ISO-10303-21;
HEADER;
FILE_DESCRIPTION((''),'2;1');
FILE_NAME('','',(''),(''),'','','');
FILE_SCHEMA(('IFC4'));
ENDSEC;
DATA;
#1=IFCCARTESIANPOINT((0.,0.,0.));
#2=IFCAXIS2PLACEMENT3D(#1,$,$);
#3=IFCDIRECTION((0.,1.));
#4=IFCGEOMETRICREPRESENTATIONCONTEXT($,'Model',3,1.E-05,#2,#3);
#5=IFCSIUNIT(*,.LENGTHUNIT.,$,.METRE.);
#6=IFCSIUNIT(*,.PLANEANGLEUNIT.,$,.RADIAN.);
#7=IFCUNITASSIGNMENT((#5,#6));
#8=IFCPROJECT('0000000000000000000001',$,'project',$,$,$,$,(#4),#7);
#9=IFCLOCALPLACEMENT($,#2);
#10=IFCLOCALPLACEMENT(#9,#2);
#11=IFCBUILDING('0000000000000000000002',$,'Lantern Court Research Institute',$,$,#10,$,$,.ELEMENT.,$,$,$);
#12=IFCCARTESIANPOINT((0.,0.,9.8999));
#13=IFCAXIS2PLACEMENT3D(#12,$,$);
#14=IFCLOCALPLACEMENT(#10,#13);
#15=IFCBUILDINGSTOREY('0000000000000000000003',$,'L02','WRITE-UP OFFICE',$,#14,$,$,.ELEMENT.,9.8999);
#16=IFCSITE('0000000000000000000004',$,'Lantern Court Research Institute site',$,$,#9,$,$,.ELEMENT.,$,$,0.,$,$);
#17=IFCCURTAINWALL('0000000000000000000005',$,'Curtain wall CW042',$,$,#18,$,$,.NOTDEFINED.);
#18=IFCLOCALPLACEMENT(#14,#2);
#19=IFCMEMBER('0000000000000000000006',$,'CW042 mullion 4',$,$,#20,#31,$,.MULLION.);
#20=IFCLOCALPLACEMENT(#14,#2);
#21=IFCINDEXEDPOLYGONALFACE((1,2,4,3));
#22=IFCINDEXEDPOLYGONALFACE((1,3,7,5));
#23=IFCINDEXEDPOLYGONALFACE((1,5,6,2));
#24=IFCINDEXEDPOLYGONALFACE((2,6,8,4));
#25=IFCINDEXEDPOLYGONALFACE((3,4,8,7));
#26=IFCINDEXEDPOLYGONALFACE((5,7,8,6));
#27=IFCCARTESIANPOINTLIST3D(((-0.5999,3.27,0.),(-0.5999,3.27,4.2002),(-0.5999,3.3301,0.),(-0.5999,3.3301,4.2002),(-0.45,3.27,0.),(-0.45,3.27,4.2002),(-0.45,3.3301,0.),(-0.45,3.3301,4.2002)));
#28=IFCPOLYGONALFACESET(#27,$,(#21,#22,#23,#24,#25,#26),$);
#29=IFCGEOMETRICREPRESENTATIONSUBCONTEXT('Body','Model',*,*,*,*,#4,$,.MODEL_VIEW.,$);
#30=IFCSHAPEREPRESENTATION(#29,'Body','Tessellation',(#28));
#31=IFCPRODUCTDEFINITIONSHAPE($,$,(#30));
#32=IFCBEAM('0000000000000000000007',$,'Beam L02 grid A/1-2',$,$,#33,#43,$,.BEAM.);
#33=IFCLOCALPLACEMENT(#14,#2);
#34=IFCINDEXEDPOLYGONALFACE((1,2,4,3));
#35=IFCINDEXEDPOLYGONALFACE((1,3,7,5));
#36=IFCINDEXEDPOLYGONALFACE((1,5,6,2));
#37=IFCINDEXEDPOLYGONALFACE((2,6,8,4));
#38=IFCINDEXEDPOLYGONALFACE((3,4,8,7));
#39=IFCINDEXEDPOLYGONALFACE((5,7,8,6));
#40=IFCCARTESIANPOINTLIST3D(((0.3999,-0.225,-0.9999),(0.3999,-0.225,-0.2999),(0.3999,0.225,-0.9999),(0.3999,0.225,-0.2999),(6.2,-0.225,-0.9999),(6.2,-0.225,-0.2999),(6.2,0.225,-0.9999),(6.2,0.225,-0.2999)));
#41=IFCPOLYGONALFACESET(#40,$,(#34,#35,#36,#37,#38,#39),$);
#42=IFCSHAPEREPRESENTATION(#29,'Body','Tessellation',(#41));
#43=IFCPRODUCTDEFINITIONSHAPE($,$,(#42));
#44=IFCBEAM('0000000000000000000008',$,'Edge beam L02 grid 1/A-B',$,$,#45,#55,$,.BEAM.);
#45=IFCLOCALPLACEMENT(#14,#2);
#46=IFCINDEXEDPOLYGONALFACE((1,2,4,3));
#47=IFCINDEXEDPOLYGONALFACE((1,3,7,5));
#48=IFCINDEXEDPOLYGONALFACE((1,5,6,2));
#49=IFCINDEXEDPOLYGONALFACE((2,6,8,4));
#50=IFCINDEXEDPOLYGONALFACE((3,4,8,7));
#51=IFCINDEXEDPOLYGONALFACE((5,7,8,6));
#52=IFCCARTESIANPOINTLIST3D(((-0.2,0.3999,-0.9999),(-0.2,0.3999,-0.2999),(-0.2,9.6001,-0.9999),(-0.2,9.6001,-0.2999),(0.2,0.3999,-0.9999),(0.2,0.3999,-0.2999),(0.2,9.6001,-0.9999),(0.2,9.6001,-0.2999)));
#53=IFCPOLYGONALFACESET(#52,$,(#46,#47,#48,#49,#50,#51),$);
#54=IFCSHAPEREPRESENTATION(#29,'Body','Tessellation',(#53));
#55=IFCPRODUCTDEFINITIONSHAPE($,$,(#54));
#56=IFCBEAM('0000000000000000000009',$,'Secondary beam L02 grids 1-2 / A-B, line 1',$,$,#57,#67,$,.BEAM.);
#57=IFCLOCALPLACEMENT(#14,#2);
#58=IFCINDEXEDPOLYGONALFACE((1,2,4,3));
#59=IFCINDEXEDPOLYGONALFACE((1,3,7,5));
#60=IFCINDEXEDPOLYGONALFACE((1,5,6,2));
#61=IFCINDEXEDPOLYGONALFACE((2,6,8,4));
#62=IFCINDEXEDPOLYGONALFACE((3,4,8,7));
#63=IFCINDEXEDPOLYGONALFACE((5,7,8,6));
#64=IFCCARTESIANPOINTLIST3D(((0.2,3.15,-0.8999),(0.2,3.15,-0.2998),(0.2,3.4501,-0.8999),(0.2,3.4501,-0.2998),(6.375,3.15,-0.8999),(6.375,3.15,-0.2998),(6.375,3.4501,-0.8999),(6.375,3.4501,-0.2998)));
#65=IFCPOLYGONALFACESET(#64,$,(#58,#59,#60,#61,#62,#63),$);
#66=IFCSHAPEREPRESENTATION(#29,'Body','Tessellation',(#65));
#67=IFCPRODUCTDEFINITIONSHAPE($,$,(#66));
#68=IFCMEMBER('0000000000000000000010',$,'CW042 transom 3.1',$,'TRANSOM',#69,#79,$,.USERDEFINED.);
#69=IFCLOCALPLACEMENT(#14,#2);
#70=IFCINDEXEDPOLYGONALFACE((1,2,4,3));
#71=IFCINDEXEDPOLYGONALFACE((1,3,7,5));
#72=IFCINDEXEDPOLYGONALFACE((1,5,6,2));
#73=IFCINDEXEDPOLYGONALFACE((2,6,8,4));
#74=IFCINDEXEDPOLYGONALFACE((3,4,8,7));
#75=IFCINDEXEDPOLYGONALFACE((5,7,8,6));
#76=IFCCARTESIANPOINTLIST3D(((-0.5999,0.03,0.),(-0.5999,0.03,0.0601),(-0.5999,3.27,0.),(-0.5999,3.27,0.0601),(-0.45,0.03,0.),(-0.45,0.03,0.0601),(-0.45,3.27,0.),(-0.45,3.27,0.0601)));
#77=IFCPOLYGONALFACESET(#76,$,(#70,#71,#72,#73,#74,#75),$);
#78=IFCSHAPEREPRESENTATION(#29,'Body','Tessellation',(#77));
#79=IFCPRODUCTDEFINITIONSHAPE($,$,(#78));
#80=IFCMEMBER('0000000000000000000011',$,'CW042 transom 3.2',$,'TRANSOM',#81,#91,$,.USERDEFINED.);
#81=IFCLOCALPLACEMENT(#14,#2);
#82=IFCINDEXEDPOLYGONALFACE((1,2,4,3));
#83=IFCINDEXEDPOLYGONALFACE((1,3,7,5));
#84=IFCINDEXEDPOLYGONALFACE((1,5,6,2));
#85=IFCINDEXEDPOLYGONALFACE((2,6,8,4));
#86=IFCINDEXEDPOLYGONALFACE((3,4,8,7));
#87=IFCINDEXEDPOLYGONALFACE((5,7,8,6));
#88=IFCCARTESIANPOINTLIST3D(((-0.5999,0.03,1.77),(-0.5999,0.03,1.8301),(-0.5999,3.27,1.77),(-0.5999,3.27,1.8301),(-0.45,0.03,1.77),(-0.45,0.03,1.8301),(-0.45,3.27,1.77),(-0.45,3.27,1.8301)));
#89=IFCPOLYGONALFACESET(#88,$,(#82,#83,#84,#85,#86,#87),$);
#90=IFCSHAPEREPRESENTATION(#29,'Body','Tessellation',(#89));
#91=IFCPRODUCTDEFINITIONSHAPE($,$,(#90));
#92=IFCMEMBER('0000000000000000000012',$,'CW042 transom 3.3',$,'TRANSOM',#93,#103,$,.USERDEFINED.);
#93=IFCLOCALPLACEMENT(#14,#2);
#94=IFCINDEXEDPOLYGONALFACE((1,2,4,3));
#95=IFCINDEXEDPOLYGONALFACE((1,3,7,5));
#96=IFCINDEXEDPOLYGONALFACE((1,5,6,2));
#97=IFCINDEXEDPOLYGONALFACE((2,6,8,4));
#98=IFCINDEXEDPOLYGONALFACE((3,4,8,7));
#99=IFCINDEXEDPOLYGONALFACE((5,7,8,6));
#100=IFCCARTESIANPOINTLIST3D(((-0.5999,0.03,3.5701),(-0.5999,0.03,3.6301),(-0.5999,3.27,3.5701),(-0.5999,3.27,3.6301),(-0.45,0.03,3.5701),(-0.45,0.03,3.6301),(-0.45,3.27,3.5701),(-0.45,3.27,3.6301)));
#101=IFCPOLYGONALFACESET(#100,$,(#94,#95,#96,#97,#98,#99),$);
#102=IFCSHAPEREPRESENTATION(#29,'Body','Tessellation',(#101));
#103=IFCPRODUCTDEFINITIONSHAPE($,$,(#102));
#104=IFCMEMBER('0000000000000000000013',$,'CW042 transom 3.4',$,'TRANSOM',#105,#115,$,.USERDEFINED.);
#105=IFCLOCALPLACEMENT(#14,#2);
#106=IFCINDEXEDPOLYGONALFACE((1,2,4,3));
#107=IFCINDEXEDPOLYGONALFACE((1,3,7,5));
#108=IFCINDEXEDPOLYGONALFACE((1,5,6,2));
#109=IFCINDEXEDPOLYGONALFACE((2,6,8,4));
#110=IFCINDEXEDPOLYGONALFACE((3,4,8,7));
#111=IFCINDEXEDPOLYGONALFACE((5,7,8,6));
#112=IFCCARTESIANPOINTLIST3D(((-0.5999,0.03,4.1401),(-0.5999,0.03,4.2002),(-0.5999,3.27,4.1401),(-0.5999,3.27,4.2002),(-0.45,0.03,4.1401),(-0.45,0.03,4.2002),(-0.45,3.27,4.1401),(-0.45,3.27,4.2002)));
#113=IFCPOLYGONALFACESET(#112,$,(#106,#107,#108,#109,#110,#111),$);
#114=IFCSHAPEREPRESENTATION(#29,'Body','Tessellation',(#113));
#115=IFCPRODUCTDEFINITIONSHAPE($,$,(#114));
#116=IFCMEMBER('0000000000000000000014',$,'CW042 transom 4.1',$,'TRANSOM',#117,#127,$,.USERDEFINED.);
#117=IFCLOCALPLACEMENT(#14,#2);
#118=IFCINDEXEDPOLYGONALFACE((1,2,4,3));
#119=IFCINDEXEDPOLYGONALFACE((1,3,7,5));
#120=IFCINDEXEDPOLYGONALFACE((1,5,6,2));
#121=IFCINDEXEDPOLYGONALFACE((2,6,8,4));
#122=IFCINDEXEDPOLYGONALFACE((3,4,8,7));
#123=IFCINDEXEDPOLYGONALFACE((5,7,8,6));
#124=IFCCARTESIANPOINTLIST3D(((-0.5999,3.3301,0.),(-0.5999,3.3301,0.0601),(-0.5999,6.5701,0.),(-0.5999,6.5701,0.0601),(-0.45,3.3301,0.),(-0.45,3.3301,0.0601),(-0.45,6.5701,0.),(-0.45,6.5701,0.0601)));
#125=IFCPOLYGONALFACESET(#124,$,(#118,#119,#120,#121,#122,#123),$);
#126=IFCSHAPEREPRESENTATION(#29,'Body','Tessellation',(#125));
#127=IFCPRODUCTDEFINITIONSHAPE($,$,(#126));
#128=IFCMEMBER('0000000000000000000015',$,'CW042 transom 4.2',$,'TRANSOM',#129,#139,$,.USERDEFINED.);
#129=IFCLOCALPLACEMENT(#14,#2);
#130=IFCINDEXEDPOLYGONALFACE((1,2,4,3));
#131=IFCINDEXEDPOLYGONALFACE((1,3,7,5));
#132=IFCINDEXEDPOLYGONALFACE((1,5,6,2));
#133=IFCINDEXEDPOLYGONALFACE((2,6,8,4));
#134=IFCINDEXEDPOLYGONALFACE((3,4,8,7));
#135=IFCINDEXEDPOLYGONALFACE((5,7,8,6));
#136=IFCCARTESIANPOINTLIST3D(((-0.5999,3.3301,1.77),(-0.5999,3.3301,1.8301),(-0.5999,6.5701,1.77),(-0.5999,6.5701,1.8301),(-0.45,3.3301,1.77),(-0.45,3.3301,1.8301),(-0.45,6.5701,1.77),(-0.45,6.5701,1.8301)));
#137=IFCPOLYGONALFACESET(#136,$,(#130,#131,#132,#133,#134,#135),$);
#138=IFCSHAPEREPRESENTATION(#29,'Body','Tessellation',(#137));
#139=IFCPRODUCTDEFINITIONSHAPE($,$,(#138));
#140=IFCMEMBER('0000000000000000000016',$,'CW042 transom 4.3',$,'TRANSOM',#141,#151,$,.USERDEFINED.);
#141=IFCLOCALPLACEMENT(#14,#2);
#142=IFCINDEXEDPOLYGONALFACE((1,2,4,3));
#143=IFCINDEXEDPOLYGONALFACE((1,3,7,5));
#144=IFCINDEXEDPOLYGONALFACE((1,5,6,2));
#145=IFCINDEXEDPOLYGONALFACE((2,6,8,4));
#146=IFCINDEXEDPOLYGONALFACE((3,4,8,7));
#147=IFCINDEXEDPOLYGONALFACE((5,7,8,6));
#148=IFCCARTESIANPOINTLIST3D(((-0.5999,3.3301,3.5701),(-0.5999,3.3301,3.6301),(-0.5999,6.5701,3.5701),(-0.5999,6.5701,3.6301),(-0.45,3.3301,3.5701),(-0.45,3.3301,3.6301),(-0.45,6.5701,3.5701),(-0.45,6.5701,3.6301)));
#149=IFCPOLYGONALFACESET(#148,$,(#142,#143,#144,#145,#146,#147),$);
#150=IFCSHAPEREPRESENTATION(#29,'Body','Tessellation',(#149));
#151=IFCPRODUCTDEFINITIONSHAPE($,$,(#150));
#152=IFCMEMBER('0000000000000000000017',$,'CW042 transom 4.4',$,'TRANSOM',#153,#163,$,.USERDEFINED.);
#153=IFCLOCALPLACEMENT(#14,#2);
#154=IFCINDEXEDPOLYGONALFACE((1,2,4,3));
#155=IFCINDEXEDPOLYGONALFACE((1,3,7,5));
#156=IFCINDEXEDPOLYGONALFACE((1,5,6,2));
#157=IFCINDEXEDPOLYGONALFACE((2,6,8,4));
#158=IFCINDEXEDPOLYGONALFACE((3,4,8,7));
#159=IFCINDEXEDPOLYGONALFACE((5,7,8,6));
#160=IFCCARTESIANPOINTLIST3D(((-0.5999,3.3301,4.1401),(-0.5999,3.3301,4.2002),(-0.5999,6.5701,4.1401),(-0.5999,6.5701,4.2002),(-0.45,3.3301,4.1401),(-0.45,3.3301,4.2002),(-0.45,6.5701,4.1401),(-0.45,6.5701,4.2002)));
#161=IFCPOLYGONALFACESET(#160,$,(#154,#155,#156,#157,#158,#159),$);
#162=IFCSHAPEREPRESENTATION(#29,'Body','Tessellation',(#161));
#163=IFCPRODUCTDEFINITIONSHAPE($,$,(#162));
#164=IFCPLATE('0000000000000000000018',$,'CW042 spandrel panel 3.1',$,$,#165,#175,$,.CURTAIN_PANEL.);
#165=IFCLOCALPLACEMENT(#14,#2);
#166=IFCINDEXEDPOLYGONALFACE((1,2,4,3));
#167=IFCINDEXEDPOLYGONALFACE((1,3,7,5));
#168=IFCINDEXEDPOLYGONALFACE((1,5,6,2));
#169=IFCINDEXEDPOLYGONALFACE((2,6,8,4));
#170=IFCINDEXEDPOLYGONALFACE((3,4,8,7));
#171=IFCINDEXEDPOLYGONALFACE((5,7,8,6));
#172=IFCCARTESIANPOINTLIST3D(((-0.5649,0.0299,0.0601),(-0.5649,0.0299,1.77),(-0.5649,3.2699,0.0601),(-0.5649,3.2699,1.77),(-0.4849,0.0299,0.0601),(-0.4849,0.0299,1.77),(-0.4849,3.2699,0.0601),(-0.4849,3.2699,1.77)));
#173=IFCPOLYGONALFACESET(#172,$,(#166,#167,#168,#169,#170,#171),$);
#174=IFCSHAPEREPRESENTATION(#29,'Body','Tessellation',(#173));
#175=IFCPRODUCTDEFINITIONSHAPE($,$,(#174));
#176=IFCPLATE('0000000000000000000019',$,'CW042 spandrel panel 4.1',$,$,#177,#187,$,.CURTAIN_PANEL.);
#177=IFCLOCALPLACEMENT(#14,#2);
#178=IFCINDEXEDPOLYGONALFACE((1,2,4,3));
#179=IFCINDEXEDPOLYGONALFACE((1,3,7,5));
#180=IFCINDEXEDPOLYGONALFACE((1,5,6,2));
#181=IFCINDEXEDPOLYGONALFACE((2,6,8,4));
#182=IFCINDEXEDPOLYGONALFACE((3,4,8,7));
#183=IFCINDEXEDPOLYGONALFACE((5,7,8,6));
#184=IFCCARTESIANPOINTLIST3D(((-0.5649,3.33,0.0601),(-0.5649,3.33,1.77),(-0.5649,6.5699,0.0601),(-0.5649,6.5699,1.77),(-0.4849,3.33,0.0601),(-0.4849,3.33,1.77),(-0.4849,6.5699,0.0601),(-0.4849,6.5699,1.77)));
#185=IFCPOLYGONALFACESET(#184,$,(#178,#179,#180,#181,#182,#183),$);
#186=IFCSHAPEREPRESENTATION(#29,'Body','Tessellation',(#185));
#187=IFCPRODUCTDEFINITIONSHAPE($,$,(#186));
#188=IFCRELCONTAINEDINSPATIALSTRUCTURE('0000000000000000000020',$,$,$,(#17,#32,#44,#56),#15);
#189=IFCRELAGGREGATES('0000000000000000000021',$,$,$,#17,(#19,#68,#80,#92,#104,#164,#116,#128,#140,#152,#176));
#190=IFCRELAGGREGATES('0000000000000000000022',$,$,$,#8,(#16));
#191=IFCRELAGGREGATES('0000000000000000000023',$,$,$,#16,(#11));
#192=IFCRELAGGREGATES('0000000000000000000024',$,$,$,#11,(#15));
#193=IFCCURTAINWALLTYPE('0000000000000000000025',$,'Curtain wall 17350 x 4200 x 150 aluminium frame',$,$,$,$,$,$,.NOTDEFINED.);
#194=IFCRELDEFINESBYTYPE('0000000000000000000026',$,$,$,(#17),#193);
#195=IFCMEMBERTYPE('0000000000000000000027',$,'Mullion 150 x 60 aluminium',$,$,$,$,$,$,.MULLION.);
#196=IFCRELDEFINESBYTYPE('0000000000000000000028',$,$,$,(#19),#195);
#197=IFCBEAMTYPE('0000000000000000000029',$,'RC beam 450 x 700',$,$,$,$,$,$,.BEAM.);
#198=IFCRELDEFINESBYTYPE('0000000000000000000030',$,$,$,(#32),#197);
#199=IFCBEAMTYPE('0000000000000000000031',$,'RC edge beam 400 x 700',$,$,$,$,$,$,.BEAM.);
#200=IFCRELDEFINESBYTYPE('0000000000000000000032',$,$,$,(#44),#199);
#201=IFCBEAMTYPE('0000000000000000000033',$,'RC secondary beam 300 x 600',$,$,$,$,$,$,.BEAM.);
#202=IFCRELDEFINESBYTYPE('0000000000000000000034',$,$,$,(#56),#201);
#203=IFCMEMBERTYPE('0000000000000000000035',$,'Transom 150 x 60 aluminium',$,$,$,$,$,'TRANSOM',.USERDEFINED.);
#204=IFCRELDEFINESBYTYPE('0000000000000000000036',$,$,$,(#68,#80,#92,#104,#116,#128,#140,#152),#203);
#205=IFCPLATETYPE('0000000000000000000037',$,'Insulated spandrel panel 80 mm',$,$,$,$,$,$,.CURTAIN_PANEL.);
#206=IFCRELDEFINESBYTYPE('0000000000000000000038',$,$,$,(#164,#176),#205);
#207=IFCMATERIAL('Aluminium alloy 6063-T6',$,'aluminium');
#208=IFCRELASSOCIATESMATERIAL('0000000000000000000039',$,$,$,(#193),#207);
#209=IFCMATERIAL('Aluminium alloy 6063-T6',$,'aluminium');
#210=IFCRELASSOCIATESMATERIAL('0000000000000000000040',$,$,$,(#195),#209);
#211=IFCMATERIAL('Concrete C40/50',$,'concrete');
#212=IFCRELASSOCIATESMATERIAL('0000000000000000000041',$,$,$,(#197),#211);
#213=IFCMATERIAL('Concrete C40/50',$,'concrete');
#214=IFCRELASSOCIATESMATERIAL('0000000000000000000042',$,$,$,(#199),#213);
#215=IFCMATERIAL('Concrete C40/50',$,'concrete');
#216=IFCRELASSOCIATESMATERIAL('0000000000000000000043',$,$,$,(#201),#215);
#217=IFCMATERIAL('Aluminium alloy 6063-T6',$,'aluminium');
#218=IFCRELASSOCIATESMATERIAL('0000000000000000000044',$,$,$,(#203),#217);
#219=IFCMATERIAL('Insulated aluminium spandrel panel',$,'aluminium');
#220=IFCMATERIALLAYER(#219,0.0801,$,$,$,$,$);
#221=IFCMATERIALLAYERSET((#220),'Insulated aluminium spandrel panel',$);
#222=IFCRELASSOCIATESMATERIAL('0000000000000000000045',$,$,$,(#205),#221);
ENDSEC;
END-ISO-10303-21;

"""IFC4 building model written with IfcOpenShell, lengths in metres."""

from ifc_helpers import new_model, si_unit, direction, frame, origin, origin_2d, place, context, subcontext, project, spatial, rectangle, extrude, material, layer, layer_set, material_profile, profile_set, type_object, element, aggregate, save


model = new_model("IFC4")

# Units and contexts
model_context = context("Model", 3, precision=1e-05, world=origin(), true_north=direction((0.0, 1.0)))
body_context = subcontext(model_context, "Body", "Model", "MODEL_VIEW")
ifc_project = project(units=[si_unit("LENGTHUNIT", "METRE"), si_unit("PLANEANGLEUNIT", "RADIAN")], contexts=[model_context])

# Site, building, storey
site_placement = place(None, origin())
site = spatial("IfcSite", under=ifc_project, at=site_placement, Name="Lantern Court Research Institute site", CompositionType="ELEMENT", RefElevation=0.0)
building_placement = place(site_placement, origin())
building = spatial("IfcBuilding", under=site, at=building_placement, Name="Lantern Court Research Institute", CompositionType="ELEMENT")
storey_placement = place(building_placement, frame((0.0, 0.0, 9.8999)))
storey = spatial("IfcBuildingStorey", under=building, at=storey_placement, Name="L02", Description="WRITE-UP OFFICE", CompositionType="ELEMENT", Elevation=9.8999)

# Curtain wall, member
ifc_material_1 = material(Name="Aluminium alloy 6063-T6", Category="aluminium")
curtain_wall_type = type_object("IfcCurtainWallType", Name="Curtain wall 17350 x 4200 x 150 aluminium frame", PredefinedType="NOTDEFINED", material=ifc_material_1)
curtain_wall_placement = place(storey_placement, origin())
curtain_wall = element("IfcCurtainWall", 1, at=curtain_wall_placement, inside=storey, type_object=curtain_wall_type, Name="Curtain wall CW042", PredefinedType="NOTDEFINED")
ifc_material_2 = material(Name="Aluminium alloy 6063-T6", Category="aluminium")
ifc_material_profile_1 = material_profile(ifc_material_2, rectangle(XDim=0.1499, YDim=0.0601, at=origin_2d()), Name="Mullion 150 x 60")
ifc_profile_set_1 = profile_set([ifc_material_profile_1], Name="Aluminium alloy 6063-T6")
member_type_1 = type_object("IfcMemberType", Name="Mullion 150 x 60 aluminium", PredefinedType="MULLION", material=ifc_profile_set_1)
member_1_placement = place(storey_placement, frame((-0.5249, 3.3, 0.0), z_axis=(0.0, 0.0, 1.0), x_axis=(-1.0, 0.0, 0.0)))
member_1 = element("IfcMember", 2, at=member_1_placement, type_object=member_type_1, Name="CW042 mullion 4", PredefinedType="MULLION", context=body_context, shape_type="SweptSolid", body=[
    extrude(rectangle(XDim=0.1499, YDim=0.0601, at=origin_2d()), origin(), (0.0, 0.0, 1.0), 4.2002),
])

# Beams
ifc_material_3 = material(Name="Concrete C40/50", Category="concrete")
ifc_material_profile_2 = material_profile(ifc_material_3, rectangle(XDim=0.45, YDim=0.7, at=origin_2d()), Name="RC beam 450 x 700")
ifc_profile_set_2 = profile_set([ifc_material_profile_2], Name="Concrete C40/50")
beam_type_1 = type_object("IfcBeamType", Name="RC beam 450 x 700", PredefinedType="BEAM", material=ifc_profile_set_2)
beam_1_placement = place(storey_placement, frame((0.3999, 0.0, -0.6499), z_axis=(1.0, 0.0, 0.0), x_axis=(0.0, 1.0, 0.0)))
element("IfcBeam", 3, at=beam_1_placement, inside=storey, type_object=beam_type_1, Name="Beam L02 grid A/1-2", PredefinedType="BEAM", context=body_context, shape_type="SweptSolid", body=[
    extrude(rectangle(XDim=0.45, YDim=0.7, at=origin_2d()), origin(), (0.0, 0.0, 1.0), 5.8),
])
ifc_material_4 = material(Name="Concrete C40/50", Category="concrete")
ifc_material_profile_3 = material_profile(ifc_material_4, rectangle(XDim=0.3999, YDim=0.7, at=origin_2d()), Name="RC beam 400 x 700")
ifc_profile_set_3 = profile_set([ifc_material_profile_3], Name="Concrete C40/50")
beam_type_2 = type_object("IfcBeamType", Name="RC edge beam 400 x 700", PredefinedType="BEAM", material=ifc_profile_set_3)
beam_2_placement = place(storey_placement, frame((0.0, 0.3999, -0.6499), z_axis=(0.0, 1.0, 0.0), x_axis=(-1.0, 0.0, 0.0)))
element("IfcBeam", 4, at=beam_2_placement, inside=storey, type_object=beam_type_2, Name="Edge beam L02 grid 1/A-B", PredefinedType="BEAM", context=body_context, shape_type="SweptSolid", body=[
    extrude(rectangle(XDim=0.3999, YDim=0.7, at=origin_2d()), origin(), (0.0, 0.0, 1.0), 9.2002),
])
ifc_material_5 = material(Name="Concrete C40/50", Category="concrete")
ifc_material_profile_4 = material_profile(ifc_material_5, rectangle(XDim=0.3, YDim=0.6001, at=origin_2d()), Name="RC beam 300 x 600")
ifc_profile_set_4 = profile_set([ifc_material_profile_4], Name="Concrete C40/50")
beam_type_3 = type_object("IfcBeamType", Name="RC secondary beam 300 x 600", PredefinedType="BEAM", material=ifc_profile_set_4)
beam_3_placement = place(storey_placement, frame((0.2, 3.3, -0.5999), z_axis=(1.0, 0.0, 0.0), x_axis=(0.0, 1.0, 0.0)))
element("IfcBeam", 5, at=beam_3_placement, inside=storey, type_object=beam_type_3, Name="Secondary beam L02 grids 1-2 / A-B, line 1", PredefinedType="BEAM", context=body_context, shape_type="SweptSolid", body=[
    extrude(rectangle(XDim=0.3, YDim=0.6001, at=origin_2d()), origin(), (0.0, 0.0, 1.0), 6.175),
])

# Members
ifc_material_6 = material(Name="Aluminium alloy 6063-T6", Category="aluminium")
ifc_material_profile_5 = material_profile(ifc_material_6, rectangle(XDim=0.1499, YDim=0.0601, at=origin_2d()), Name="Transom 150 x 60")
ifc_profile_set_5 = profile_set([ifc_material_profile_5], Name="Aluminium alloy 6063-T6")
member_type_2 = type_object("IfcMemberType", Name="Transom 150 x 60 aluminium", ElementType="TRANSOM", PredefinedType="USERDEFINED", material=ifc_profile_set_5)
member_2_placement = place(storey_placement, frame((-0.5249, 0.03, 0.03), z_axis=(0.0, 1.0, 0.0), x_axis=(-1.0, 0.0, 0.0)))
member_2 = element("IfcMember", 6, at=member_2_placement, type_object=member_type_2, Name="CW042 transom 3.1", ObjectType="TRANSOM", PredefinedType="USERDEFINED", context=body_context, shape_type="SweptSolid", body=[
    extrude(rectangle(XDim=0.1499, YDim=0.0601, at=origin_2d()), origin(), (0.0, 0.0, 1.0), 3.24),
])
member_3_placement = place(storey_placement, frame((-0.5249, 0.03, 1.8), z_axis=(0.0, 1.0, 0.0), x_axis=(-1.0, 0.0, 0.0)))
member_3 = element("IfcMember", 7, at=member_3_placement, type_object=member_type_2, Name="CW042 transom 3.2", ObjectType="TRANSOM", PredefinedType="USERDEFINED", context=body_context, shape_type="SweptSolid", body=[
    extrude(rectangle(XDim=0.1499, YDim=0.0601, at=origin_2d()), origin(), (0.0, 0.0, 1.0), 3.24),
])
member_4_placement = place(storey_placement, frame((-0.5249, 0.03, 3.6001), z_axis=(0.0, 1.0, 0.0), x_axis=(-1.0, 0.0, 0.0)))
member_4 = element("IfcMember", 8, at=member_4_placement, type_object=member_type_2, Name="CW042 transom 3.3", ObjectType="TRANSOM", PredefinedType="USERDEFINED", context=body_context, shape_type="SweptSolid", body=[
    extrude(rectangle(XDim=0.1499, YDim=0.0601, at=origin_2d()), origin(), (0.0, 0.0, 1.0), 3.24),
])
member_5_placement = place(storey_placement, frame((-0.5249, 0.03, 4.1702), z_axis=(0.0, 1.0, 0.0), x_axis=(-1.0, 0.0, 0.0)))
member_5 = element("IfcMember", 9, at=member_5_placement, type_object=member_type_2, Name="CW042 transom 3.4", ObjectType="TRANSOM", PredefinedType="USERDEFINED", context=body_context, shape_type="SweptSolid", body=[
    extrude(rectangle(XDim=0.1499, YDim=0.0601, at=origin_2d()), origin(), (0.0, 0.0, 1.0), 3.24),
])
member_6_placement = place(storey_placement, frame((-0.5249, 3.3301, 0.03), z_axis=(0.0, 1.0, 0.0), x_axis=(-1.0, 0.0, 0.0)))
member_6 = element("IfcMember", 10, at=member_6_placement, type_object=member_type_2, Name="CW042 transom 4.1", ObjectType="TRANSOM", PredefinedType="USERDEFINED", context=body_context, shape_type="SweptSolid", body=[
    extrude(rectangle(XDim=0.1499, YDim=0.0601, at=origin_2d()), origin(), (0.0, 0.0, 1.0), 3.24),
])
member_7_placement = place(storey_placement, frame((-0.5249, 3.3301, 1.8), z_axis=(0.0, 1.0, 0.0), x_axis=(-1.0, 0.0, 0.0)))
member_7 = element("IfcMember", 11, at=member_7_placement, type_object=member_type_2, Name="CW042 transom 4.2", ObjectType="TRANSOM", PredefinedType="USERDEFINED", context=body_context, shape_type="SweptSolid", body=[
    extrude(rectangle(XDim=0.1499, YDim=0.0601, at=origin_2d()), origin(), (0.0, 0.0, 1.0), 3.24),
])
member_8_placement = place(storey_placement, frame((-0.5249, 3.3301, 3.6001), z_axis=(0.0, 1.0, 0.0), x_axis=(-1.0, 0.0, 0.0)))
member_8 = element("IfcMember", 12, at=member_8_placement, type_object=member_type_2, Name="CW042 transom 4.3", ObjectType="TRANSOM", PredefinedType="USERDEFINED", context=body_context, shape_type="SweptSolid", body=[
    extrude(rectangle(XDim=0.1499, YDim=0.0601, at=origin_2d()), origin(), (0.0, 0.0, 1.0), 3.24),
])
member_9_placement = place(storey_placement, frame((-0.5249, 3.3301, 4.1702), z_axis=(0.0, 1.0, 0.0), x_axis=(-1.0, 0.0, 0.0)))
member_9 = element("IfcMember", 13, at=member_9_placement, type_object=member_type_2, Name="CW042 transom 4.4", ObjectType="TRANSOM", PredefinedType="USERDEFINED", context=body_context, shape_type="SweptSolid", body=[
    extrude(rectangle(XDim=0.1499, YDim=0.0601, at=origin_2d()), origin(), (0.0, 0.0, 1.0), 3.24),
])

# Plates
ifc_material_7 = material(Name="Insulated aluminium spandrel panel", Category="aluminium")
ifc_layer_1 = layer(ifc_material_7, 0.0801)
ifc_layer_set_1 = layer_set([ifc_layer_1], Name="Insulated aluminium spandrel panel")
plate_type_1 = type_object("IfcPlateType", Name="Insulated spandrel panel 80 mm", PredefinedType="CURTAIN_PANEL", material=ifc_layer_set_1)
plate_1_placement = place(storey_placement, frame((-0.5249, 1.6499, 0.0601), z_axis=(0.0, 0.0, 1.0), x_axis=(0.0, 1.0, 0.0)))
plate_1 = element("IfcPlate", 14, at=plate_1_placement, type_object=plate_type_1, Name="CW042 spandrel panel 3.1", PredefinedType="CURTAIN_PANEL", context=body_context, shape_type="SweptSolid", body=[
    extrude(rectangle(XDim=3.24, YDim=0.0801, at=origin_2d()), origin(), (0.0, 0.0, 1.0), 1.71),
])
plate_2_placement = place(storey_placement, frame((-0.5249, 4.95, 0.0601), z_axis=(0.0, 0.0, 1.0), x_axis=(0.0, 1.0, 0.0)))
plate_2 = element("IfcPlate", 15, at=plate_2_placement, type_object=plate_type_1, Name="CW042 spandrel panel 4.1", PredefinedType="CURTAIN_PANEL", context=body_context, shape_type="SweptSolid", body=[
    extrude(rectangle(XDim=3.24, YDim=0.0801, at=origin_2d()), origin(), (0.0, 0.0, 1.0), 1.71),
])
aggregate(curtain_wall, [member_1, member_2, member_3, member_4, member_5, plate_1, member_6, member_7, member_8, member_9, plate_2])

save(model, "model.ifc")
